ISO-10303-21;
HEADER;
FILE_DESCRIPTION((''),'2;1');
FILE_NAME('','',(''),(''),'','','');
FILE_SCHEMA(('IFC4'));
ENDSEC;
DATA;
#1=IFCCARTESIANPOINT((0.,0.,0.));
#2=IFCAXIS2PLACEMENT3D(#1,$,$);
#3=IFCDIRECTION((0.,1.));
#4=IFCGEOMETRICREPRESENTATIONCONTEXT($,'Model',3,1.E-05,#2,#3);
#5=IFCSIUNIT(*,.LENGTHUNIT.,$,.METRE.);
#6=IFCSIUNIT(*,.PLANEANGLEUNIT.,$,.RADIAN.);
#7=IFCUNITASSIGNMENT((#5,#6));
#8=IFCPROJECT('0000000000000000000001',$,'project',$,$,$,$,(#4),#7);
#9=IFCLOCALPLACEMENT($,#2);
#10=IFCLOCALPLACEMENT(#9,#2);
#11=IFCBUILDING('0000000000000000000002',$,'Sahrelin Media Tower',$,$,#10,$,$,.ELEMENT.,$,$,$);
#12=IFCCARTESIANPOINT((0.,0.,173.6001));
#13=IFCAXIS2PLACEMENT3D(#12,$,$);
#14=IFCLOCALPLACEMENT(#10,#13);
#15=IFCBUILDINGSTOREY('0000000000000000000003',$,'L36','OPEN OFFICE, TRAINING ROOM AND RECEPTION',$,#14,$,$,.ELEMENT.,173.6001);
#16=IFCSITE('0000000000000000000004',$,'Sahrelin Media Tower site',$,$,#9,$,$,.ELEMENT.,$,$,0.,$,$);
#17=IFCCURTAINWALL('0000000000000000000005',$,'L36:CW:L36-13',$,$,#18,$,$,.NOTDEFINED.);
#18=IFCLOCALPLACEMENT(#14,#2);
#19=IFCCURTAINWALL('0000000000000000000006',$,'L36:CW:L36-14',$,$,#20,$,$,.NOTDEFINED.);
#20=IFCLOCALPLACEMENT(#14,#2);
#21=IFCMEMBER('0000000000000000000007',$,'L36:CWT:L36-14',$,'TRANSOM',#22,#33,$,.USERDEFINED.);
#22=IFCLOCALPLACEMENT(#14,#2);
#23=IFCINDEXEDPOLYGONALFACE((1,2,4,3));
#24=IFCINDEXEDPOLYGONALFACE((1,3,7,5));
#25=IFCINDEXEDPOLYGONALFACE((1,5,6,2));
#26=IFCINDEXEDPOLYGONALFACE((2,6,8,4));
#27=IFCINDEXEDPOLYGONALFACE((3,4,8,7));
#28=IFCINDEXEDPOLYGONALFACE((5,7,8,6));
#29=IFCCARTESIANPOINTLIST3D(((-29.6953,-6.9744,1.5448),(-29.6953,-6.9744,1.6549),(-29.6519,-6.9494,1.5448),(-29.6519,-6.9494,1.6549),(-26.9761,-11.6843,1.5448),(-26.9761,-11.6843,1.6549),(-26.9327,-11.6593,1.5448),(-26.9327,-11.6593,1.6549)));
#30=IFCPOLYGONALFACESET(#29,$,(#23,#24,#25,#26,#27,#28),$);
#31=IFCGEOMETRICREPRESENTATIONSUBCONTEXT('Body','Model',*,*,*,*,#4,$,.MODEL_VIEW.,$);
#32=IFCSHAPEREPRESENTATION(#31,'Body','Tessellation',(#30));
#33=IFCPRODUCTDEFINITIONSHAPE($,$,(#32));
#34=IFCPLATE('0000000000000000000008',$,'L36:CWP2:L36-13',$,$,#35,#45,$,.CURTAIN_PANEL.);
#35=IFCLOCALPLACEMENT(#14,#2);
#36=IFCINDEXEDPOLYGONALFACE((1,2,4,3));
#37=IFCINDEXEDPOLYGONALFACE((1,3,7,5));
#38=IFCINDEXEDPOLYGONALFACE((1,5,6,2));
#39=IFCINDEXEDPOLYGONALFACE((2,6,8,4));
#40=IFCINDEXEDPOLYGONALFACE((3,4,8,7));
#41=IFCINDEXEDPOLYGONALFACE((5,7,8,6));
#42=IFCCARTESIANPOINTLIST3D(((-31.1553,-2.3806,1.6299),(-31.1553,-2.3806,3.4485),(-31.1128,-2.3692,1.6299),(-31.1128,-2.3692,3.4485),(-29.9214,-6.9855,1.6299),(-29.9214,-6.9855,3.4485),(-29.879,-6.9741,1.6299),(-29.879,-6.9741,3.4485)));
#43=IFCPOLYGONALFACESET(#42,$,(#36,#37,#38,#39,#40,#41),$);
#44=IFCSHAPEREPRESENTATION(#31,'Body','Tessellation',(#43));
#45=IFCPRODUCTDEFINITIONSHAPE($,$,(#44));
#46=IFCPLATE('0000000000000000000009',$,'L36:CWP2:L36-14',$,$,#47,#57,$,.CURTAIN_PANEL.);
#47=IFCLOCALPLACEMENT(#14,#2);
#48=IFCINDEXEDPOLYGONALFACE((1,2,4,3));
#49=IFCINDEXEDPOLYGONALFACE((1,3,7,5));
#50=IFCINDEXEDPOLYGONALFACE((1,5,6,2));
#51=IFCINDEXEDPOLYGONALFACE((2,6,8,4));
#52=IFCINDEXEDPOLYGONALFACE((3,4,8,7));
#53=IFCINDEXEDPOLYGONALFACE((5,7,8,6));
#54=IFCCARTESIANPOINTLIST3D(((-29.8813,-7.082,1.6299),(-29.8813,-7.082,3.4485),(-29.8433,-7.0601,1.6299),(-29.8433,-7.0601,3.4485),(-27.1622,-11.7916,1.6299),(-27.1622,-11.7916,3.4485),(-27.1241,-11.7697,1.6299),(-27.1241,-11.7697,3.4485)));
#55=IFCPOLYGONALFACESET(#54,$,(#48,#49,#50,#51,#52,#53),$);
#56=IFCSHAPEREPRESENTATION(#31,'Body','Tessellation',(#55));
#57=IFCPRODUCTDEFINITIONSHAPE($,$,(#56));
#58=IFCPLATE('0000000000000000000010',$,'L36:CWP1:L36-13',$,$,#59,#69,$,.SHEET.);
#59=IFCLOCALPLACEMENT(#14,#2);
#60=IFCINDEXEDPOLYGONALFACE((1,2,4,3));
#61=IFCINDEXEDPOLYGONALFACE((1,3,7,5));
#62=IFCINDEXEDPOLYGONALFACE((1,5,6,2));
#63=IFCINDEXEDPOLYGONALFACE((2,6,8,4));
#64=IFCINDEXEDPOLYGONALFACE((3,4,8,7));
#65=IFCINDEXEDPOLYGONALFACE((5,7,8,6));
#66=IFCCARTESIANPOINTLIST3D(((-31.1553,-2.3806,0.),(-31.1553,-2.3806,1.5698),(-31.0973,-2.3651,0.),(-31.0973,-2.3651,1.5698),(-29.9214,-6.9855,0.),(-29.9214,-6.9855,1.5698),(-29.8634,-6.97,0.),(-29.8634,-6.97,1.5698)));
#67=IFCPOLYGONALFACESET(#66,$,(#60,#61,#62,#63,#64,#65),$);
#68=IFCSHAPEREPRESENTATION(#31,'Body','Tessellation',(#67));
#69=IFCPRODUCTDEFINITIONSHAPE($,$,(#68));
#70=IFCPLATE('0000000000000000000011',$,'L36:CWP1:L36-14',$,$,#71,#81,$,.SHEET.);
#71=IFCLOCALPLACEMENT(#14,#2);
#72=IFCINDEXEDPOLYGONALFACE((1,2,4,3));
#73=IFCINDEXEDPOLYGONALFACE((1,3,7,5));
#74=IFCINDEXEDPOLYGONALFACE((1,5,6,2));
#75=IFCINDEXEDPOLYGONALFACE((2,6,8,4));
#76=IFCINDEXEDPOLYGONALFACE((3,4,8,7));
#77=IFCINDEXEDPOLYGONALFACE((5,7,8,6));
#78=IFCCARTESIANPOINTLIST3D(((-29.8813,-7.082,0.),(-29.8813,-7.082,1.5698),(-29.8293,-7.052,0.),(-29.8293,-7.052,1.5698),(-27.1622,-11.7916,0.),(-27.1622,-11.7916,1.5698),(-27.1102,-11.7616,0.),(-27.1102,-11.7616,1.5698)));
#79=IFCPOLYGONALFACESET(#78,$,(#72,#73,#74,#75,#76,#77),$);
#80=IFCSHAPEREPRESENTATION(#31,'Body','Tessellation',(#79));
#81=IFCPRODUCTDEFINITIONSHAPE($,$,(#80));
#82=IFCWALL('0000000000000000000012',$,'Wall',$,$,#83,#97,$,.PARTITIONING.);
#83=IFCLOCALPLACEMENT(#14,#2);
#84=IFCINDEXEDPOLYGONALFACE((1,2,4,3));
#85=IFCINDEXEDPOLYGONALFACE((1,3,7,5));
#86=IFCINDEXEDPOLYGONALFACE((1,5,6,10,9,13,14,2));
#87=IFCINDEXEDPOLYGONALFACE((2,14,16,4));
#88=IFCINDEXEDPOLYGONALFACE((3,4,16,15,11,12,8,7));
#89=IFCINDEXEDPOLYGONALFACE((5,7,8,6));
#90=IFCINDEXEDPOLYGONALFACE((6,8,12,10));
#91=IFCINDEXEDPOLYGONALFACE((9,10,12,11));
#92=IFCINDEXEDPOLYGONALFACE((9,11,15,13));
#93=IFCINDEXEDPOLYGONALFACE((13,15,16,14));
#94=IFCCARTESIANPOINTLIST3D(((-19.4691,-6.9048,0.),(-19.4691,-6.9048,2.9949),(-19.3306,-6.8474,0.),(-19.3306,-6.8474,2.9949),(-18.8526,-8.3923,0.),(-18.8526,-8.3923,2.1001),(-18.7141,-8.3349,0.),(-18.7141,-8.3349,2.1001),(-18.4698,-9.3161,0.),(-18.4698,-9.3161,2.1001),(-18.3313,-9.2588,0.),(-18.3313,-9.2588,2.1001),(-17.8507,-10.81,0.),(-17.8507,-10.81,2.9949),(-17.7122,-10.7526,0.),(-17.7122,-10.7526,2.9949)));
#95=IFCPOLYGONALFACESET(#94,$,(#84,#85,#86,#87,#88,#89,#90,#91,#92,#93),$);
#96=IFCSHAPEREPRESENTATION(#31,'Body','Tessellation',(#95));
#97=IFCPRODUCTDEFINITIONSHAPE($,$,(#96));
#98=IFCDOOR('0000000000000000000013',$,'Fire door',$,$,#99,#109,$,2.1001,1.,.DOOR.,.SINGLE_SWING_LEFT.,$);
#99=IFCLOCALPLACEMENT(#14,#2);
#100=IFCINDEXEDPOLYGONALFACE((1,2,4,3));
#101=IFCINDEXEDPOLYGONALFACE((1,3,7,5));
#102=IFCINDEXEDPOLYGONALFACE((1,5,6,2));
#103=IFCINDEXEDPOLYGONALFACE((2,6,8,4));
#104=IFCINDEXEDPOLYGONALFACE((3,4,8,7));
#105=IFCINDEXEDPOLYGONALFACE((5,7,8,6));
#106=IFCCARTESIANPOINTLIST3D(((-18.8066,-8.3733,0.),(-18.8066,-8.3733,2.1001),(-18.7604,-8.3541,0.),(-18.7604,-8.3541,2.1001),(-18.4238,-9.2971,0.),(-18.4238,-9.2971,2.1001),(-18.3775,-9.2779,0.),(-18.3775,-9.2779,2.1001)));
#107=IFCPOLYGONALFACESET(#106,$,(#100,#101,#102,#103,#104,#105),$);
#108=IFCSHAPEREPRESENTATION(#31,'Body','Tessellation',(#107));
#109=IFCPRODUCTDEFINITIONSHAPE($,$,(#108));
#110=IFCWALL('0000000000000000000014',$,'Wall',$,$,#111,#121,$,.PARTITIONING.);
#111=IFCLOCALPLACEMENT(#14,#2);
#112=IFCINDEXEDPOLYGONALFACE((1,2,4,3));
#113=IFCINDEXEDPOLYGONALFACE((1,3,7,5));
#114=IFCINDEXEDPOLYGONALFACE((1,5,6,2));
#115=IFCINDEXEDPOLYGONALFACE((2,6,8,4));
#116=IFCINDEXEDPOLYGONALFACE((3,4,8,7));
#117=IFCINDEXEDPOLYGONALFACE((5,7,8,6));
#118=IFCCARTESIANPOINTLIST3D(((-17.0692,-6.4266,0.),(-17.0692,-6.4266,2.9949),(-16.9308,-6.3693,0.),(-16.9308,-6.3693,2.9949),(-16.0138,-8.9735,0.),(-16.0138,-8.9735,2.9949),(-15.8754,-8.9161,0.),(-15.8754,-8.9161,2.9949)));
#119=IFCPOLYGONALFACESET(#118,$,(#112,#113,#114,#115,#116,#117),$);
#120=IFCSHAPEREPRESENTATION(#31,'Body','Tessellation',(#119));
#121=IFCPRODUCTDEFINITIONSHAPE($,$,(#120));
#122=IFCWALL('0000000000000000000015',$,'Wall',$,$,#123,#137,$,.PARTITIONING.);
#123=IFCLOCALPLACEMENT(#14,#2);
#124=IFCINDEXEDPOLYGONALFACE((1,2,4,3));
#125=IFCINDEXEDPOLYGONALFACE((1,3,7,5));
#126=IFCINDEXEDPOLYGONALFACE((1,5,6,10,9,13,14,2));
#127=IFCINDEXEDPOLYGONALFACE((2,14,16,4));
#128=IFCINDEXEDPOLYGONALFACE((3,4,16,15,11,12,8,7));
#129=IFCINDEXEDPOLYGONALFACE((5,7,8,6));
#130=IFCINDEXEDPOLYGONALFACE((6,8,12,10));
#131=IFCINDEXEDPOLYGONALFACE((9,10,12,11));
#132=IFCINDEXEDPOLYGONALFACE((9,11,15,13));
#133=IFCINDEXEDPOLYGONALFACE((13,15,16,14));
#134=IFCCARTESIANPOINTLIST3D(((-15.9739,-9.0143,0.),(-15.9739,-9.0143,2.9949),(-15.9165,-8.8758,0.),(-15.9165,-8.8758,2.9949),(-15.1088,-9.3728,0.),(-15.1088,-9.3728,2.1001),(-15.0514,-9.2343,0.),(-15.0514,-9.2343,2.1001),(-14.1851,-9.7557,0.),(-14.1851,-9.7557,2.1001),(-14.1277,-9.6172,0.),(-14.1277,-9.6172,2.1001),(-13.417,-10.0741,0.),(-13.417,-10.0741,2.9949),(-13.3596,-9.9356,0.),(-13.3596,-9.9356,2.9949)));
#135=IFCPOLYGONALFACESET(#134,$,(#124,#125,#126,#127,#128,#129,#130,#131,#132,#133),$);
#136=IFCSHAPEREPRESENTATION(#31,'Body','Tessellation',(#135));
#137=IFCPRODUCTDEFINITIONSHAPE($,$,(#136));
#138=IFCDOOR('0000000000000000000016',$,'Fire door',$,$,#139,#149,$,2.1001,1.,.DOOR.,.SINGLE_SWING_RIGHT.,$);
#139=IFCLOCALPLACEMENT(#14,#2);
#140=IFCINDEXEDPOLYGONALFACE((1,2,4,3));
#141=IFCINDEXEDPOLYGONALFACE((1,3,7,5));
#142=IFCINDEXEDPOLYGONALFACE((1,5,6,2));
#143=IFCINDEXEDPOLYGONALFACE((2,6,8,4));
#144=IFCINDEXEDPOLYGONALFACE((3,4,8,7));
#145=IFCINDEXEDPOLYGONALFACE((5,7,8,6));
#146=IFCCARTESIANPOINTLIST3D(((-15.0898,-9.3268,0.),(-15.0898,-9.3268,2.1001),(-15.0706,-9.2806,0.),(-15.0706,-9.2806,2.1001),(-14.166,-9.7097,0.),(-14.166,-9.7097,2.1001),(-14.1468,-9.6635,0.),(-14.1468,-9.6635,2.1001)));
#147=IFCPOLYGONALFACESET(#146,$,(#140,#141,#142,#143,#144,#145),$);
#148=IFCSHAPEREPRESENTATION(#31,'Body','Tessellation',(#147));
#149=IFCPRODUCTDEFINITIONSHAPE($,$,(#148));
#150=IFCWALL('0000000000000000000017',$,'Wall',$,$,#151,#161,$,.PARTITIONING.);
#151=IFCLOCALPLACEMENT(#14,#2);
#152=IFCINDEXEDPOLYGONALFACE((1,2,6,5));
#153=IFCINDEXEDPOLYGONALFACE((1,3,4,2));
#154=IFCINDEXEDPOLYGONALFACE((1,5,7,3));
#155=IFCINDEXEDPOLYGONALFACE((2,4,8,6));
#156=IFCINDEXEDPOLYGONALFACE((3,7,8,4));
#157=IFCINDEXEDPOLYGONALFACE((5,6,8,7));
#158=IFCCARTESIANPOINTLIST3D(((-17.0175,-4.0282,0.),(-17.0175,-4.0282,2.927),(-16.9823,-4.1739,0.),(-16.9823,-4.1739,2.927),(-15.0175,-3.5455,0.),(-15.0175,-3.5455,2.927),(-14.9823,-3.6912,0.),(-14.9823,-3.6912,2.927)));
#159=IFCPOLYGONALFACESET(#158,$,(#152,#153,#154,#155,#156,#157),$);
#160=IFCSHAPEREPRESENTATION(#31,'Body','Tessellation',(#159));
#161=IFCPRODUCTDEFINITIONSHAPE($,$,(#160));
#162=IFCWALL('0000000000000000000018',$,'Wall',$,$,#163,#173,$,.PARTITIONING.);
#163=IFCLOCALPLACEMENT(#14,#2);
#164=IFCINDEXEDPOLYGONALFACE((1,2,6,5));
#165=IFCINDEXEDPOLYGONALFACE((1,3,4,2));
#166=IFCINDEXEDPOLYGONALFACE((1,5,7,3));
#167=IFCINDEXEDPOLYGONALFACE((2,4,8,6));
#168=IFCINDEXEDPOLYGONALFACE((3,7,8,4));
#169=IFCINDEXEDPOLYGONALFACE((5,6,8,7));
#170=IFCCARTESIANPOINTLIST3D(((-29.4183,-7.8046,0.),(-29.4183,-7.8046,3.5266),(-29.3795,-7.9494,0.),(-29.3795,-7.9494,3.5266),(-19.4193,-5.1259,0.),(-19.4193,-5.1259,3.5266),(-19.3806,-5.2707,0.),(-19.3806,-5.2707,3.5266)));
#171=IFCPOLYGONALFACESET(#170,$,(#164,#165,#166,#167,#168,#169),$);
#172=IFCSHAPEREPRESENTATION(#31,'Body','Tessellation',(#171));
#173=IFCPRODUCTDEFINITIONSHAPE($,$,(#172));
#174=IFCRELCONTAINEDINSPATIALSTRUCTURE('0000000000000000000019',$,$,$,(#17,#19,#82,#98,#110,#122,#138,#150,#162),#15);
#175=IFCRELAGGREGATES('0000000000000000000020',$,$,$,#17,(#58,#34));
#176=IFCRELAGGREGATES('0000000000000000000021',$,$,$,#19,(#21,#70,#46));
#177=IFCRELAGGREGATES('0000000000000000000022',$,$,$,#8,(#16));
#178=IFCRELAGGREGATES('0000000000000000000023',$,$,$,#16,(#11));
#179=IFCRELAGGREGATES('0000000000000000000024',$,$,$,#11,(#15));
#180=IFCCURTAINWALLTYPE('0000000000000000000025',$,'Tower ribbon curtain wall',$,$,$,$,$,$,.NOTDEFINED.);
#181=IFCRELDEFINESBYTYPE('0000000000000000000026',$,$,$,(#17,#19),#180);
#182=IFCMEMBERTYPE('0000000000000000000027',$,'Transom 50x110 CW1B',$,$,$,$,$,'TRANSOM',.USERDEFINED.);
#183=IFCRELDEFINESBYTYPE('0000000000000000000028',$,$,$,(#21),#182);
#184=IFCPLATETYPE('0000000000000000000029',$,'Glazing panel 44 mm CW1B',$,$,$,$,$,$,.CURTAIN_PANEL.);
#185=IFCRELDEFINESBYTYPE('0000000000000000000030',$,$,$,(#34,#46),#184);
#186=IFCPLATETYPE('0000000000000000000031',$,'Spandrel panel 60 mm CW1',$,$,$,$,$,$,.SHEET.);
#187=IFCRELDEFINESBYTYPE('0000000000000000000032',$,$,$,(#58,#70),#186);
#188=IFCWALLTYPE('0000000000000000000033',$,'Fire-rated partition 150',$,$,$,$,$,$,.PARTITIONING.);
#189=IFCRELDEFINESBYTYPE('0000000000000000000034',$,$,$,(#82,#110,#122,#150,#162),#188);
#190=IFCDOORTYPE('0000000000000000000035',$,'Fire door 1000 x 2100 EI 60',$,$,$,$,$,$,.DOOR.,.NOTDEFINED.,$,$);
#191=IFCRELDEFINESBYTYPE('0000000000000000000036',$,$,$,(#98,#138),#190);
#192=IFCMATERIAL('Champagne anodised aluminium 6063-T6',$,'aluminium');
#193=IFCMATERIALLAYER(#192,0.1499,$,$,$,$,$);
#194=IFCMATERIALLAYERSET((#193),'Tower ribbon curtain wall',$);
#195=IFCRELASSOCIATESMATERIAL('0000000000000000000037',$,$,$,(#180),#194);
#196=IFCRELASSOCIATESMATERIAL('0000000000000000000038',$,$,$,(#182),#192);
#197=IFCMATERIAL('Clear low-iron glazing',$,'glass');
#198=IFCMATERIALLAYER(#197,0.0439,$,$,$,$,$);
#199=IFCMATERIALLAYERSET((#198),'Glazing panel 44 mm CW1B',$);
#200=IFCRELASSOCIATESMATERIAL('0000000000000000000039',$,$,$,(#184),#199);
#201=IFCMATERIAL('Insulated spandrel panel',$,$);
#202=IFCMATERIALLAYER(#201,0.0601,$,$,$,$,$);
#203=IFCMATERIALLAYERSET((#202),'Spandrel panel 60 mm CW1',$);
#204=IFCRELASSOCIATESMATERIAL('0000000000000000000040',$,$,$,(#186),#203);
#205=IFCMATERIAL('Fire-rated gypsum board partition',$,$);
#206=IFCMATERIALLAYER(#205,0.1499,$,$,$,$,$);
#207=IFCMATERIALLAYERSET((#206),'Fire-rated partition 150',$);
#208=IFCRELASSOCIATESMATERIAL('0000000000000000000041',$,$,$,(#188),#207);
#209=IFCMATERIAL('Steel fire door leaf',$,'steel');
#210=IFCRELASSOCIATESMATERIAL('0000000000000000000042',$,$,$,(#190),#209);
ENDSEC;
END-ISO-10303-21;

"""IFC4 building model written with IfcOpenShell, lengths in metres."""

from ifc_helpers import new_model, si_unit, direction, frame, frame_2d, origin, origin_2d, place, context, subcontext, project, spatial, polyline, rectangle, outline, extrude, material, layer, layer_set, material_profile, profile_set, type_object, element, fill, aggregate, save


model = new_model("IFC4")

# Units and contexts
model_context = context("Model", 3, precision=1e-05, world=origin(), true_north=direction((0.0, 1.0)))
body_context = subcontext(model_context, "Body", "Model", "MODEL_VIEW")
ifc_project = project(units=[si_unit("LENGTHUNIT", "METRE"), si_unit("PLANEANGLEUNIT", "RADIAN")], contexts=[model_context])

# Site, building, storey
site_placement = place(None, origin())
site = spatial("IfcSite", under=ifc_project, at=site_placement, Name="Sahrelin Media Tower site", CompositionType="ELEMENT", RefElevation=0.0)
building_placement = place(site_placement, origin())
building = spatial("IfcBuilding", under=site, at=building_placement, Name="Sahrelin Media Tower", CompositionType="ELEMENT")
storey_placement = place(building_placement, frame((0.0, 0.0, 173.6001)))
storey = spatial("IfcBuildingStorey", under=building, at=storey_placement, Name="L36", Description="OPEN OFFICE, TRAINING ROOM AND RECEPTION", CompositionType="ELEMENT", Elevation=173.6001)

# Curtain walls
ifc_material_1 = material(Name="Champagne anodised aluminium 6063-T6", Category="aluminium")
ifc_layer_1 = layer(ifc_material_1, 0.1499)
ifc_layer_set_1 = layer_set([ifc_layer_1], Name="Tower ribbon curtain wall")
curtain_wall_type = type_object("IfcCurtainWallType", Name="Tower ribbon curtain wall", PredefinedType="NOTDEFINED", material=ifc_layer_set_1)
curtain_wall_1_placement = place(storey_placement, frame((-30.519, -4.678, 0.0), z_axis=(0.0, 0.0, 1.0), x_axis=(1.0, 0.0, 0.0)))
curtain_wall_1 = element("IfcCurtainWall", 1, at=curtain_wall_1_placement, inside=storey, type_object=curtain_wall_type, Name="L36:CW:L36-13", PredefinedType="NOTDEFINED")
curtain_wall_2_placement = place(storey_placement, frame((-28.5044, -9.427, 0.0), z_axis=(0.0, 0.0, 1.0), x_axis=(1.0, 0.0, 0.0)))
curtain_wall_2 = element("IfcCurtainWall", 2, at=curtain_wall_2_placement, inside=storey, type_object=curtain_wall_type, Name="L36:CW:L36-14", PredefinedType="NOTDEFINED")

# Member
ifc_material_profile_1 = material_profile(ifc_material_1, rectangle(XDim=0.05, YDim=0.1101, at=origin_2d()), Name="Transom 50x110")
ifc_profile_set_1 = profile_set([ifc_material_profile_1], Name="Champagne anodised aluminium 6063-T6")
member_type_1 = type_object("IfcMemberType", Name="Transom 50x110 CW1B", ElementType="TRANSOM", PredefinedType="USERDEFINED", material=ifc_profile_set_1)
member_1_placement = place(storey_placement, frame((-29.6736, -6.9619, 1.5999), z_axis=(0.499992, -0.86603, 0.0), x_axis=(0.86603, 0.499992, 0.0)))
member_1 = element("IfcMember", 3, at=member_1_placement, type_object=member_type_1, Name="L36:CWT:L36-14", ObjectType="TRANSOM", PredefinedType="USERDEFINED", context=body_context, shape_type="SweptSolid", body=[
    extrude(rectangle(XDim=0.05, YDim=0.1101, at=origin_2d()), origin(), (0.0, 0.0, 1.0), 5.4385),
])

# Plates
ifc_material_2 = material(Name="Clear low-iron glazing", Category="glass")
ifc_layer_2 = layer(ifc_material_2, 0.0439)
ifc_layer_set_2 = layer_set([ifc_layer_2], Name="Glazing panel 44 mm CW1B")
plate_type_1 = type_object("IfcPlateType", Name="Glazing panel 44 mm CW1B", PredefinedType="CURTAIN_PANEL", material=ifc_layer_set_2)
plate_1_placement = place(storey_placement, frame((-31.1553, -2.3806, 1.6299), z_axis=(-0.965927, -0.258816, 0.0), x_axis=(0.258816, -0.965927, 0.0)))
plate_1 = element("IfcPlate", 4, at=plate_1_placement, type_object=plate_type_1, Name="L36:CWP2:L36-13", PredefinedType="CURTAIN_PANEL", context=body_context, shape_type="SweptSolid", body=[
    extrude(outline(polyline([(0.0, 0.0), (4.7673, 0.0), (4.7673, 1.8186), (0.0, 1.8186), (0.0, 0.0)])), origin(), (0.0, 0.0, -1.0), 0.0439),
])
plate_2_placement = place(storey_placement, frame((-29.8813, -7.082, 1.6299), z_axis=(-0.866019, -0.500011, 0.0), x_axis=(0.500011, -0.866019, 0.0)))
plate_2 = element("IfcPlate", 5, at=plate_2_placement, type_object=plate_type_1, Name="L36:CWP2:L36-14", PredefinedType="CURTAIN_PANEL", context=body_context, shape_type="SweptSolid", body=[
    extrude(outline(polyline([(0.0, 0.0), (5.4382, 0.0), (5.4382, 1.8186), (0.0, 1.8186), (0.0, 0.0)])), origin(), (0.0, 0.0, -1.0), 0.0439),
])
ifc_material_3 = material(Name="Insulated spandrel panel")
ifc_layer_3 = layer(ifc_material_3, 0.0601)
ifc_layer_set_3 = layer_set([ifc_layer_3], Name="Spandrel panel 60 mm CW1")
plate_type_2 = type_object("IfcPlateType", Name="Spandrel panel 60 mm CW1", PredefinedType="SHEET", material=ifc_layer_set_3)
plate_3_placement = place(storey_placement, frame((-31.1553, -2.3806, 0.0), z_axis=(-0.965927, -0.258816, 0.0), x_axis=(0.258816, -0.965927, 0.0)))
plate_3 = element("IfcPlate", 6, at=plate_3_placement, type_object=plate_type_2, Name="L36:CWP1:L36-13", PredefinedType="SHEET", context=body_context, shape_type="SweptSolid", body=[
    extrude(outline(polyline([(0.0, 0.0), (4.7673, 0.0), (4.7673, 1.5698), (0.0, 1.5698), (0.0, 0.0)])), origin(), (0.0, 0.0, -1.0), 0.0601),
])
aggregate(curtain_wall_1, [plate_3, plate_1])
plate_4_placement = place(storey_placement, frame((-29.8813, -7.082, 0.0), z_axis=(-0.866019, -0.500011, 0.0), x_axis=(0.500011, -0.866019, 0.0)))
plate_4 = element("IfcPlate", 7, at=plate_4_placement, type_object=plate_type_2, Name="L36:CWP1:L36-14", PredefinedType="SHEET", context=body_context, shape_type="SweptSolid", body=[
    extrude(outline(polyline([(0.0, 0.0), (5.4382, 0.0), (5.4382, 1.5698), (0.0, 1.5698), (0.0, 0.0)])), origin(), (0.0, 0.0, -1.0), 0.0601),
])
aggregate(curtain_wall_2, [member_1, plate_4, plate_2])

# Wall, opening, door
ifc_material_4 = material(Name="Fire-rated gypsum board partition")
ifc_layer_4 = layer(ifc_material_4, 0.1499)
ifc_layer_set_4 = layer_set([ifc_layer_4], Name="Fire-rated partition 150")
wall_type_1 = type_object("IfcWallType", Name="Fire-rated partition 150", PredefinedType="PARTITIONING", material=ifc_layer_set_4)
wall_1_placement = place(storey_placement, frame((-19.3999, -6.876, 0.0), z_axis=(0.0, 0.0, 1.0), x_axis=(0.382843, -0.923813, 0.0)))
wall_1 = element("IfcWall", 8, at=wall_1_placement, inside=storey, type_object=wall_type_1, Name="Wall", PredefinedType="PARTITIONING", context=body_context, shape_type="SweptSolid", body=[
    extrude(rectangle(XDim=4.2273, YDim=0.1499, at=frame_2d((2.1138, 0.0))), origin(), (0.0, 0.0, 1.0), 2.9949),
])
opening_1_placement = place(wall_1_placement, frame((1.6104, 0.0, 0.0)))
opening_1 = element("IfcOpeningElement", 9, at=opening_1_placement, cuts=wall_1, PredefinedType="OPENING", context=body_context, shape_type="SweptSolid", body=[
    extrude(rectangle(XDim=1.0, YDim=2.1001, at=frame_2d((0.5, 1.05))), frame((0.0, 0.075, 0.0), z_axis=(0.0, -1.0, 0.0), x_axis=(1.0, 0.0, 0.0)), (0.0, 0.0, 1.0), 0.1499),
])
ifc_material_5 = material(Name="Steel fire door leaf", Category="steel")
door_type_1 = type_object("IfcDoorType", Name="Fire door 1000 x 2100 EI 60", OperationType="NOTDEFINED", PredefinedType="DOOR", material=ifc_material_5)
door_1_placement = place(opening_1_placement, origin())
door_1 = element("IfcDoor", 10, at=door_1_placement, inside=storey, type_object=door_type_1, Name="Fire door", OperationType="SINGLE_SWING_LEFT", OverallHeight=2.1001, OverallWidth=1.0, PredefinedType="DOOR", context=body_context, shape_type="SweptSolid", body=[
    extrude(rectangle(XDim=1.0, YDim=2.1001, at=frame_2d((0.5, 1.05))), frame((0.0, 0.0249, 0.0), z_axis=(0.0, -1.0, 0.0), x_axis=(1.0, 0.0, 0.0)), (0.0, 0.0, 1.0), 0.05),
])
fill(opening_1, door_1)

# Wall
wall_2_placement = place(storey_placement, frame((-17.0, -6.3979, 0.0), z_axis=(0.0, 0.0, 1.0), x_axis=(0.382829, -0.923819, 0.0)))
element("IfcWall", 11, at=wall_2_placement, inside=storey, type_object=wall_type_1, Name="Wall", PredefinedType="PARTITIONING", context=body_context, shape_type="SweptSolid", body=[
    extrude(rectangle(XDim=2.7568, YDim=0.1499, at=frame_2d((1.3784, 0.0))), origin(), (0.0, 0.0, 1.0), 2.9949),
])

# Wall, opening, door
wall_3_placement = place(storey_placement, frame((-15.9451, -8.9451, 0.0), z_axis=(0.0, 0.0, 1.0), x_axis=(0.923788, -0.382905, 0.0)))
wall_3 = element("IfcWall", 12, at=wall_3_placement, inside=storey, type_object=wall_type_1, Name="Wall", PredefinedType="PARTITIONING", context=body_context, shape_type="SweptSolid", body=[
    extrude(rectangle(XDim=2.7678, YDim=0.1499, at=frame_2d((1.3838, 0.0))), origin(), (0.0, 0.0, 1.0), 2.9949),
])
opening_2_placement = place(wall_3_placement, frame((0.9363, 0.0, 0.0)))
opening_2 = element("IfcOpeningElement", 13, at=opening_2_placement, cuts=wall_3, PredefinedType="OPENING", context=body_context, shape_type="SweptSolid", body=[
    extrude(rectangle(XDim=1.0, YDim=2.1001, at=frame_2d((0.5, 1.05))), frame((0.0, 0.075, 0.0), z_axis=(0.0, -1.0, 0.0), x_axis=(1.0, 0.0, 0.0)), (0.0, 0.0, 1.0), 0.1499),
])
door_2_placement = place(opening_2_placement, origin())
door_2 = element("IfcDoor", 14, at=door_2_placement, inside=storey, type_object=door_type_1, Name="Fire door", OperationType="SINGLE_SWING_RIGHT", OverallHeight=2.1001, OverallWidth=1.0, PredefinedType="DOOR", context=body_context, shape_type="SweptSolid", body=[
    extrude(rectangle(XDim=1.0, YDim=2.1001, at=frame_2d((0.5, 1.05))), frame((0.0, 0.0249, 0.0), z_axis=(0.0, -1.0, 0.0), x_axis=(1.0, 0.0, 0.0)), (0.0, 0.0, 1.0), 0.05),
])
fill(opening_2, door_2)

# Walls
wall_4_placement = place(storey_placement, frame((-17.0, -4.1011, 0.0), z_axis=(0.0, 0.0, 1.0), x_axis=(0.972092, 0.234598, 0.0)))
element("IfcWall", 15, at=wall_4_placement, inside=storey, type_object=wall_type_1, Name="Wall", PredefinedType="PARTITIONING", context=body_context, shape_type="SweptSolid", body=[
    extrude(rectangle(XDim=2.0574, YDim=0.1499, at=frame_2d((1.0288, 0.0))), origin(), (0.0, 0.0, 1.0), 2.927),
])
wall_5_placement = place(storey_placement, frame((-29.3989, -7.877, 0.0), z_axis=(0.0, 0.0, 1.0), x_axis=(0.965938, 0.258772, 0.0)))
element("IfcWall", 16, at=wall_5_placement, inside=storey, type_object=wall_type_1, Name="Wall", PredefinedType="PARTITIONING", context=body_context, shape_type="SweptSolid", body=[
    extrude(rectangle(XDim=10.3516, YDim=0.1499, at=frame_2d((5.1758, 0.0))), origin(), (0.0, 0.0, 1.0), 3.5266),
])

save(model, "model.ifc")
